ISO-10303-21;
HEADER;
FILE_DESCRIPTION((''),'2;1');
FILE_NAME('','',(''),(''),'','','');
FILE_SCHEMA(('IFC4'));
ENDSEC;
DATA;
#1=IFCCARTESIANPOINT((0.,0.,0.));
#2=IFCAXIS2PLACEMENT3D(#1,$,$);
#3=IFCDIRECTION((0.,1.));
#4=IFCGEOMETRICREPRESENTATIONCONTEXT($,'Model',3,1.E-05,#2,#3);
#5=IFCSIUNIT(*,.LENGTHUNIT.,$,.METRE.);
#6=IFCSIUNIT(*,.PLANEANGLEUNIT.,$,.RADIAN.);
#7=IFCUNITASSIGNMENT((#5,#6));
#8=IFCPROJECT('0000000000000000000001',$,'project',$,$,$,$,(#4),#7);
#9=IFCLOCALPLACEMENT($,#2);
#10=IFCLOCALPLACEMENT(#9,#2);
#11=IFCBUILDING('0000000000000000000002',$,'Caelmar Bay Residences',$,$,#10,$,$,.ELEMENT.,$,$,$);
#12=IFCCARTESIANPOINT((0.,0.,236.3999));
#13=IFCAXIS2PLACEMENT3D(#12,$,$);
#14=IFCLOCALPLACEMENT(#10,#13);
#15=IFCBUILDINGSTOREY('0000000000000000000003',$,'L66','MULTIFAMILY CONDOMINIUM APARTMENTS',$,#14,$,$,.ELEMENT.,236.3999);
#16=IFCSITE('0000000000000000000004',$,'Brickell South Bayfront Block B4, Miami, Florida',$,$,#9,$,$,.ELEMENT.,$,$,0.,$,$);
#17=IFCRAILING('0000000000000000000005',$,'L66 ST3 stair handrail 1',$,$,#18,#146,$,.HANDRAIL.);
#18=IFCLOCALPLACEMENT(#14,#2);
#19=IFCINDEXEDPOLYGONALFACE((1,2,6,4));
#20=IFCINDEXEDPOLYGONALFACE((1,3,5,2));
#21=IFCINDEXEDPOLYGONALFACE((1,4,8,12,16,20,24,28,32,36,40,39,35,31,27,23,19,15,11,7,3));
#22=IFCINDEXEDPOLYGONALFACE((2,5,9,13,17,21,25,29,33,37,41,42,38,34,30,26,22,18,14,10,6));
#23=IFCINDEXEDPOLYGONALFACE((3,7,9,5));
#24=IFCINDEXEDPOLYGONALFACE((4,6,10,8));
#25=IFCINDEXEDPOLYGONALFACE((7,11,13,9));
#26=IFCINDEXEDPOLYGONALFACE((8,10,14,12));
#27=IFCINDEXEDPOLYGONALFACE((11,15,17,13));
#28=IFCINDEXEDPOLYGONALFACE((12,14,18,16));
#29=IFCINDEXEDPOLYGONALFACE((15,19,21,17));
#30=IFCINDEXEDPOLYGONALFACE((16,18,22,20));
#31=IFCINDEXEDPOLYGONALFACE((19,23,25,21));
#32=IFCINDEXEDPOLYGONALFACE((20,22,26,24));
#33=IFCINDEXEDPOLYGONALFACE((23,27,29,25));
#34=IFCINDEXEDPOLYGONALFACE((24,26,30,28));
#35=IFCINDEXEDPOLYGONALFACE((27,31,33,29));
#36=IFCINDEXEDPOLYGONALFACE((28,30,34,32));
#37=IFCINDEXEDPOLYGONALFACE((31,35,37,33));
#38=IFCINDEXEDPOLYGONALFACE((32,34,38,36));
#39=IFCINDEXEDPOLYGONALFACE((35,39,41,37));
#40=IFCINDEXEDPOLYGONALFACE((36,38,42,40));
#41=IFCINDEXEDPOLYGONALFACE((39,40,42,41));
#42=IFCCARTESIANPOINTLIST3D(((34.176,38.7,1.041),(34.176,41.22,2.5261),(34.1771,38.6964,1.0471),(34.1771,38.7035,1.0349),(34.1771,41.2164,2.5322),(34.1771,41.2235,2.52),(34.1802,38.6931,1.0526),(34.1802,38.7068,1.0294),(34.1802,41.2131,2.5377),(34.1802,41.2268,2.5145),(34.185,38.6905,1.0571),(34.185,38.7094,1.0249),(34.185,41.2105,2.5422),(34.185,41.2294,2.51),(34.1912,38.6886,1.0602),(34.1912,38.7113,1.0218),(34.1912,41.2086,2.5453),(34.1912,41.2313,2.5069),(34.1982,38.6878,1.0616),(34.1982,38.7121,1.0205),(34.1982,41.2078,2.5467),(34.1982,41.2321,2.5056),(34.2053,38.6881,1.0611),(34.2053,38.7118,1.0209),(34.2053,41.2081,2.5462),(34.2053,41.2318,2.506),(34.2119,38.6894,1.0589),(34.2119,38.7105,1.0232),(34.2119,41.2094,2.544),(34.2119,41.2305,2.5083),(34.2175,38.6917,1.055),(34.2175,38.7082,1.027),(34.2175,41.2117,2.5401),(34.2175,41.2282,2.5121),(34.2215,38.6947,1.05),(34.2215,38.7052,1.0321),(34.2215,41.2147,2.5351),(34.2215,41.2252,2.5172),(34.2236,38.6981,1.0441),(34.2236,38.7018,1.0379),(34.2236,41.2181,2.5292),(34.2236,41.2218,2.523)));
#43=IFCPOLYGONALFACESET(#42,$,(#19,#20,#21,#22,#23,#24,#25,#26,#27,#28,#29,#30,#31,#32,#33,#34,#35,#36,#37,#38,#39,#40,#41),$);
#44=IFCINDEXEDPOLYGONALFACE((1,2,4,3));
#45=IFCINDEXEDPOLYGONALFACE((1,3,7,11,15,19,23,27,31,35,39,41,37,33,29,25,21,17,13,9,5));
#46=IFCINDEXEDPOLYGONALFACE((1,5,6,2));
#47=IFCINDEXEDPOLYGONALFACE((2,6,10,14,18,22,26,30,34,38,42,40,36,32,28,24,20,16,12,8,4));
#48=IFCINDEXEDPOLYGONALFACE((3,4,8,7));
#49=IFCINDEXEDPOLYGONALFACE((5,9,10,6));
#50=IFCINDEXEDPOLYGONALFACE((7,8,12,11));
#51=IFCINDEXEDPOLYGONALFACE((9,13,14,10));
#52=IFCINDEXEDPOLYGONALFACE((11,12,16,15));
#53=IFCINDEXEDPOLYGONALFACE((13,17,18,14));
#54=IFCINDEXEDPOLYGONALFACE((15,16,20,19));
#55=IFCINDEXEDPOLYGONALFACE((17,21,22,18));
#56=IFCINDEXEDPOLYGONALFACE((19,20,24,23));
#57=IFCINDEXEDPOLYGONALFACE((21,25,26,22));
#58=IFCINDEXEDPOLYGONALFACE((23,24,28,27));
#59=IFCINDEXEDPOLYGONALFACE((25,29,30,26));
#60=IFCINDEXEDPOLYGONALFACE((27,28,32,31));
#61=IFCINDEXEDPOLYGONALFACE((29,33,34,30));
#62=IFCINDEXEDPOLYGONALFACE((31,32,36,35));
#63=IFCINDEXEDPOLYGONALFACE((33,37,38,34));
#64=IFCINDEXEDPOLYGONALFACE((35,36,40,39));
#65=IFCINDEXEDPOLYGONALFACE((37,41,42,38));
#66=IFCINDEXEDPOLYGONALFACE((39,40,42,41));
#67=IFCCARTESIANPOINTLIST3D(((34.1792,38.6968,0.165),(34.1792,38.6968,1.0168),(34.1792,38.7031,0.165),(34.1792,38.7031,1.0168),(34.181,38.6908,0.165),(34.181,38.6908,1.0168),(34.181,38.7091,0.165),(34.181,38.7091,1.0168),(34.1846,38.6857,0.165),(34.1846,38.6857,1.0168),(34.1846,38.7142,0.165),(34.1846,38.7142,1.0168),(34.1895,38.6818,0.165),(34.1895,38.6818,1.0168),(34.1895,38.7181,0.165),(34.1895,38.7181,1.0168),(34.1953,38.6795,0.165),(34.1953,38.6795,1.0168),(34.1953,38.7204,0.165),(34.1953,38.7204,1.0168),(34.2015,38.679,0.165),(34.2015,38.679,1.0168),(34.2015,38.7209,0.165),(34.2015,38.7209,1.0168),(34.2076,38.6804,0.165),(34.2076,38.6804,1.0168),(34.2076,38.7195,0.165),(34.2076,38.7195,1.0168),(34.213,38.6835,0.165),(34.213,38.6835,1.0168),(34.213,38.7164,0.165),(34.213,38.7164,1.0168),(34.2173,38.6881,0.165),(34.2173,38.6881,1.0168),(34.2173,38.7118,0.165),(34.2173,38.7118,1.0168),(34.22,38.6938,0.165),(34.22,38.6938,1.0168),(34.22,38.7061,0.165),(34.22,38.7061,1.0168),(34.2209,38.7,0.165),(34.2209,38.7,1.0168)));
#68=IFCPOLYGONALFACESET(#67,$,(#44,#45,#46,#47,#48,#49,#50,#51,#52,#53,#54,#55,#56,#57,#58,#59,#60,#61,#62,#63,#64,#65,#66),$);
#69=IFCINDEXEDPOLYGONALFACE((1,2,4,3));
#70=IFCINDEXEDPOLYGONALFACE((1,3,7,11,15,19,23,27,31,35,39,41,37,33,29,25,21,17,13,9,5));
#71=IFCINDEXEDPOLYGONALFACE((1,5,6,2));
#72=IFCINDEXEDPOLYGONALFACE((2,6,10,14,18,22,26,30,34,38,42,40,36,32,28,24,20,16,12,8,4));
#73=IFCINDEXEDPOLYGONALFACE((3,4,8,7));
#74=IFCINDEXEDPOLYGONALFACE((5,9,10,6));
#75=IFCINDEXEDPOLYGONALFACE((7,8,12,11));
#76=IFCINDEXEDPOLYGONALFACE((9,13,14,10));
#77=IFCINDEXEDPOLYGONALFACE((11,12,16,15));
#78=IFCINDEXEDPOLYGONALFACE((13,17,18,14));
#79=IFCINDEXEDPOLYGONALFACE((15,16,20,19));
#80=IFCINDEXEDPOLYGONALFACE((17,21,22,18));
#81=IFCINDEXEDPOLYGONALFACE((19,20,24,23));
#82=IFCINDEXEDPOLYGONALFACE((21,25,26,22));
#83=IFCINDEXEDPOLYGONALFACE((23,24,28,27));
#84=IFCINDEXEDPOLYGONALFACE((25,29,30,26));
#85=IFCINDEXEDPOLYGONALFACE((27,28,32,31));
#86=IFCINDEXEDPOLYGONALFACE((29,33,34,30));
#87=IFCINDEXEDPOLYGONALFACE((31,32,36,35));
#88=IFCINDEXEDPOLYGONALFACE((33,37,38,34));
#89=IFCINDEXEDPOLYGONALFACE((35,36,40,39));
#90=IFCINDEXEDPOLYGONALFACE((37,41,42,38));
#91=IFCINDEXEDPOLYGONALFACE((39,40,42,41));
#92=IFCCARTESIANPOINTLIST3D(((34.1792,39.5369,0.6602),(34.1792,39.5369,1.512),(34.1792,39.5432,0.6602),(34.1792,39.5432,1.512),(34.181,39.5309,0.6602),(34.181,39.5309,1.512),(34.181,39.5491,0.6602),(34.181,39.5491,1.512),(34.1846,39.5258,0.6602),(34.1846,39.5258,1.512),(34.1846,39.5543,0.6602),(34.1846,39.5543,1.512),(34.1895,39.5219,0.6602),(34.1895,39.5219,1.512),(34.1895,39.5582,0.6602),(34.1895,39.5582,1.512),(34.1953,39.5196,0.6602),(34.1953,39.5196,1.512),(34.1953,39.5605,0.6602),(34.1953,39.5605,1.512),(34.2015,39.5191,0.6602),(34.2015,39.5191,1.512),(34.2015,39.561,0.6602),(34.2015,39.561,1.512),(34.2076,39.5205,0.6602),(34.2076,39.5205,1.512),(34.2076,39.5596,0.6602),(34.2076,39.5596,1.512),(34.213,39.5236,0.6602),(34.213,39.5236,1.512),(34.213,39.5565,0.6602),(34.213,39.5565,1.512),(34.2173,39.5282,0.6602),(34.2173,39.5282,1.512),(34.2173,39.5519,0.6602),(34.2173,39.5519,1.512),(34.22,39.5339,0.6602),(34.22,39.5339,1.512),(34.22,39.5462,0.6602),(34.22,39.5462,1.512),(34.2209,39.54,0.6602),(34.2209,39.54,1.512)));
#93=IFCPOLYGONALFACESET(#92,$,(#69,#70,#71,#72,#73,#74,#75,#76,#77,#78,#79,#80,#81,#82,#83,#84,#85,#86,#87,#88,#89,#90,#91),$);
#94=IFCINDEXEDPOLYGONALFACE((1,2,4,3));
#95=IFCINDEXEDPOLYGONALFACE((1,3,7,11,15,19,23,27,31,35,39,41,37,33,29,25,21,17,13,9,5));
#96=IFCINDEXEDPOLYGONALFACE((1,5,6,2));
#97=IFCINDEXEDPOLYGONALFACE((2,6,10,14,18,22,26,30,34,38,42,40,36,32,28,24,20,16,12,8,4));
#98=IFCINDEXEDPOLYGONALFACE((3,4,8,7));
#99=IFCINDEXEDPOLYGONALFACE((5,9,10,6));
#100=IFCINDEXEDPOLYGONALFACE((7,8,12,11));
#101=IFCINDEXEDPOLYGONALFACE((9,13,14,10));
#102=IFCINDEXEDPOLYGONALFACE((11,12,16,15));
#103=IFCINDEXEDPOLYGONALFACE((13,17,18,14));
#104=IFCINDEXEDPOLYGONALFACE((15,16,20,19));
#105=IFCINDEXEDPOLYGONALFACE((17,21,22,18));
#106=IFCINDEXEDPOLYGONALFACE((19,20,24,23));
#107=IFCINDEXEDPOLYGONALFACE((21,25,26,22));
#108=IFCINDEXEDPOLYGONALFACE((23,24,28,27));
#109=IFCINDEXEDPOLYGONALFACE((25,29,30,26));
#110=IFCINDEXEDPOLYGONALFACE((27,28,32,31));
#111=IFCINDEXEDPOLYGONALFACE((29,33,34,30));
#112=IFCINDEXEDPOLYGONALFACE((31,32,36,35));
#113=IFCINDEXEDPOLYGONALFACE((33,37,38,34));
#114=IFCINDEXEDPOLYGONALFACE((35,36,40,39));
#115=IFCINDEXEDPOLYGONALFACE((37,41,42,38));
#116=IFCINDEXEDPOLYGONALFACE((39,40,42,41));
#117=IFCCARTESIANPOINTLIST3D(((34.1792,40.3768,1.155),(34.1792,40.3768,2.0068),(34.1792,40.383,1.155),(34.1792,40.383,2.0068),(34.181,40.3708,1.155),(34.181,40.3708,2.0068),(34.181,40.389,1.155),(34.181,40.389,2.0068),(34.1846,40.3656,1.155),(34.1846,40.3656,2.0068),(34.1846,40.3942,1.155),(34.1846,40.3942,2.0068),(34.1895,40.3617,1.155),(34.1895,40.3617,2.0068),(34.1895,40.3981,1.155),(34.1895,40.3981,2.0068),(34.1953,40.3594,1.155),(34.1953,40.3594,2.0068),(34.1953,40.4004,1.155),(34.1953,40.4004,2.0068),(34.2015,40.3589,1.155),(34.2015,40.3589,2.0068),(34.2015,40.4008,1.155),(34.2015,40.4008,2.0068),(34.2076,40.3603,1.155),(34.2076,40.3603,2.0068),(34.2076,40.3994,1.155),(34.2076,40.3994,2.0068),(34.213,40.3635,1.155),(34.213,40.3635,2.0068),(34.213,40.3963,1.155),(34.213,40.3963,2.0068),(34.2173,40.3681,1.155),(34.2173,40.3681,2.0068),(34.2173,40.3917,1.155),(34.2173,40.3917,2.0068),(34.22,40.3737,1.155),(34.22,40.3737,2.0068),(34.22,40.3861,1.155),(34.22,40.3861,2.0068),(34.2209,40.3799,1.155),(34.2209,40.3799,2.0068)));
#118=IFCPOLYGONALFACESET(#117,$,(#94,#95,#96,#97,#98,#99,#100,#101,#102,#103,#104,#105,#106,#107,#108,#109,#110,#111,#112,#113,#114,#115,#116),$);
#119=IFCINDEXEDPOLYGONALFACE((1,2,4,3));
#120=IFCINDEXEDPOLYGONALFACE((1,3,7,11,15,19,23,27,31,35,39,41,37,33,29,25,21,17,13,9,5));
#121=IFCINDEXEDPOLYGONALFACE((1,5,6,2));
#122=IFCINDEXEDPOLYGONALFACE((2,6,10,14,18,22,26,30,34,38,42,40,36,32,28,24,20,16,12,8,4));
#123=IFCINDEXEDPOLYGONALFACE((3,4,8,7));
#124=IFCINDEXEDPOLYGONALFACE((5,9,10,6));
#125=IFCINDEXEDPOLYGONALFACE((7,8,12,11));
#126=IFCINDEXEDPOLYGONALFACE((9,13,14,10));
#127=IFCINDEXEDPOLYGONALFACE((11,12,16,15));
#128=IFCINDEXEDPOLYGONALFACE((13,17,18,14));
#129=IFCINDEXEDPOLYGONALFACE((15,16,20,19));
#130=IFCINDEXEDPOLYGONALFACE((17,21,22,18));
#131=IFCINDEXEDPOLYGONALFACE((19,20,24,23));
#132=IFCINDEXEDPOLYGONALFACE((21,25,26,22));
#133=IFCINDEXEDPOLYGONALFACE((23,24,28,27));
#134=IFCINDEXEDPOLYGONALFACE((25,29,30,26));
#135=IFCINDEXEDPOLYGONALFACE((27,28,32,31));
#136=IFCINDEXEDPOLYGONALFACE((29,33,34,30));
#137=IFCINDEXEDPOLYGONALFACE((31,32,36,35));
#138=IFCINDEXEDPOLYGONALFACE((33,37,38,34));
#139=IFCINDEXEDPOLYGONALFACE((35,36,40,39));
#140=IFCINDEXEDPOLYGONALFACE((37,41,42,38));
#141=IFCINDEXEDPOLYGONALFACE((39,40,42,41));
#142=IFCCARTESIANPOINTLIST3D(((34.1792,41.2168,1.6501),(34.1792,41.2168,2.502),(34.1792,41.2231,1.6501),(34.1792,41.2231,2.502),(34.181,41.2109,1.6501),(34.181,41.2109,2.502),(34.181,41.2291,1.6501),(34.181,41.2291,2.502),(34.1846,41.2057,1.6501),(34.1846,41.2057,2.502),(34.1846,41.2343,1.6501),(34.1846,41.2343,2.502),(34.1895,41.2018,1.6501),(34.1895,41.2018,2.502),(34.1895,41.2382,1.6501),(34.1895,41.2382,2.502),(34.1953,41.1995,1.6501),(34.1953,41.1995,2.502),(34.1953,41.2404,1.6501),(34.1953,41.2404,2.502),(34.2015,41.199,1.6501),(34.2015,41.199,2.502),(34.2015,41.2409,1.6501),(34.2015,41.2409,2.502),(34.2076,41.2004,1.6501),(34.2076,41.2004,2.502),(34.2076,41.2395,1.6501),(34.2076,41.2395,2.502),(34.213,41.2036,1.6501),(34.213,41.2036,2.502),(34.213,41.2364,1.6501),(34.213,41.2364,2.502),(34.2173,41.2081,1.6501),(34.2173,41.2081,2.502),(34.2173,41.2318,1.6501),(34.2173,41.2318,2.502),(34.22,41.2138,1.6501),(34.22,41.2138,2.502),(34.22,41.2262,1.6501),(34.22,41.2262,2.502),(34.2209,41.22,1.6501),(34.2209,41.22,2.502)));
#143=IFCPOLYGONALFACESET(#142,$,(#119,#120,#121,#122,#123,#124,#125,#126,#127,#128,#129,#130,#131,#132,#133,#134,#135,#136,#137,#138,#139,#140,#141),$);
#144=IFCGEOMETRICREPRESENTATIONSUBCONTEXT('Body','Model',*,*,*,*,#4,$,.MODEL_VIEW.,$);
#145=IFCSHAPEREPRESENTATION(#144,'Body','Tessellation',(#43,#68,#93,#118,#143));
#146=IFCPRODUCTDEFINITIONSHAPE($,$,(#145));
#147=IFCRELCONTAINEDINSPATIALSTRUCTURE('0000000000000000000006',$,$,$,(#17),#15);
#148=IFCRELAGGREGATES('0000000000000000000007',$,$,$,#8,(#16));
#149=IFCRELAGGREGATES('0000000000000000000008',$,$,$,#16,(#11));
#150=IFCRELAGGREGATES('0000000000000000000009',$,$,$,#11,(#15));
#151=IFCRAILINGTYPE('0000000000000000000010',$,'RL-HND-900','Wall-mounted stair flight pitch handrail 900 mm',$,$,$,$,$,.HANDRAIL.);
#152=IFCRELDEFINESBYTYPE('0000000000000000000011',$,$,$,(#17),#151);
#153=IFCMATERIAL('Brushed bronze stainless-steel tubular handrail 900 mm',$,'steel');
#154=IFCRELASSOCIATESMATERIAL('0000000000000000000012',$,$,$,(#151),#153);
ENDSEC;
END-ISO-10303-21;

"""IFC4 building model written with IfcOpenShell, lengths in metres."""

from ifc_helpers import new_model, si_unit, direction, frame, origin, origin_2d, place, context, subcontext, project, spatial, circle, extrude, material, type_object, element, save


model = new_model("IFC4")

# Units and contexts
model_context = context("Model", 3, precision=1e-05, world=origin(), true_north=direction((0.0, 1.0)))
body_context = subcontext(model_context, "Body", "Model", "MODEL_VIEW")
ifc_project = project(units=[si_unit("LENGTHUNIT", "METRE"), si_unit("PLANEANGLEUNIT", "RADIAN")], contexts=[model_context])

# Site, building, storey
site_placement = place(None, origin())
site = spatial("IfcSite", under=ifc_project, at=site_placement, Name="Brickell South Bayfront Block B4, Miami, Florida", CompositionType="ELEMENT", RefElevation=0.0)
building_placement = place(site_placement, origin())
building = spatial("IfcBuilding", under=site, at=building_placement, Name="Caelmar Bay Residences", CompositionType="ELEMENT")
storey_placement = place(building_placement, frame((0.0, 0.0, 236.3999)))
storey = spatial("IfcBuildingStorey", under=building, at=storey_placement, Name="L66", Description="MULTIFAMILY CONDOMINIUM APARTMENTS", CompositionType="ELEMENT", Elevation=236.3999)

# Railing
ifc_material_1 = material(Name="Brushed bronze stainless-steel tubular handrail 900 mm", Category="steel")
railing_type_1 = type_object("IfcRailingType", Name="RL-HND-900", Description="Wall-mounted stair flight pitch handrail 900 mm", PredefinedType="HANDRAIL", material=ifc_material_1)
railing_1_placement = place(storey_placement, frame((34.2, 38.7, 0.165)))
element("IfcRailing", 1, at=railing_1_placement, inside=storey, type_object=railing_type_1, Name="L66 ST3 stair handrail 1", PredefinedType="HANDRAIL", context=body_context, shape_type="SweptSolid", body=[
    extrude(circle(Radius=0.0239, at=origin_2d()), frame((0.0, 0.0, 0.876), z_axis=(0.0, 0.861524, 0.507717), x_axis=(-1.0, 0.0, 0.0)), (0.0, 0.0, 1.0), 2.925),
    extrude(circle(Radius=0.021, at=origin_2d()), origin(), (0.0, 0.0, 1.0), 0.8518),
    extrude(circle(Radius=0.021, at=origin_2d()), frame((0.0, 0.8401, 0.4951)), (0.0, 0.0, 1.0), 0.8518),
    extrude(circle(Radius=0.021, at=origin_2d()), frame((0.0, 1.6799, 0.99)), (0.0, 0.0, 1.0), 0.8518),
    extrude(circle(Radius=0.021, at=origin_2d()), frame((0.0, 2.52, 1.4851)), (0.0, 0.0, 1.0), 0.8518),
])

save(model, "model.ifc")
